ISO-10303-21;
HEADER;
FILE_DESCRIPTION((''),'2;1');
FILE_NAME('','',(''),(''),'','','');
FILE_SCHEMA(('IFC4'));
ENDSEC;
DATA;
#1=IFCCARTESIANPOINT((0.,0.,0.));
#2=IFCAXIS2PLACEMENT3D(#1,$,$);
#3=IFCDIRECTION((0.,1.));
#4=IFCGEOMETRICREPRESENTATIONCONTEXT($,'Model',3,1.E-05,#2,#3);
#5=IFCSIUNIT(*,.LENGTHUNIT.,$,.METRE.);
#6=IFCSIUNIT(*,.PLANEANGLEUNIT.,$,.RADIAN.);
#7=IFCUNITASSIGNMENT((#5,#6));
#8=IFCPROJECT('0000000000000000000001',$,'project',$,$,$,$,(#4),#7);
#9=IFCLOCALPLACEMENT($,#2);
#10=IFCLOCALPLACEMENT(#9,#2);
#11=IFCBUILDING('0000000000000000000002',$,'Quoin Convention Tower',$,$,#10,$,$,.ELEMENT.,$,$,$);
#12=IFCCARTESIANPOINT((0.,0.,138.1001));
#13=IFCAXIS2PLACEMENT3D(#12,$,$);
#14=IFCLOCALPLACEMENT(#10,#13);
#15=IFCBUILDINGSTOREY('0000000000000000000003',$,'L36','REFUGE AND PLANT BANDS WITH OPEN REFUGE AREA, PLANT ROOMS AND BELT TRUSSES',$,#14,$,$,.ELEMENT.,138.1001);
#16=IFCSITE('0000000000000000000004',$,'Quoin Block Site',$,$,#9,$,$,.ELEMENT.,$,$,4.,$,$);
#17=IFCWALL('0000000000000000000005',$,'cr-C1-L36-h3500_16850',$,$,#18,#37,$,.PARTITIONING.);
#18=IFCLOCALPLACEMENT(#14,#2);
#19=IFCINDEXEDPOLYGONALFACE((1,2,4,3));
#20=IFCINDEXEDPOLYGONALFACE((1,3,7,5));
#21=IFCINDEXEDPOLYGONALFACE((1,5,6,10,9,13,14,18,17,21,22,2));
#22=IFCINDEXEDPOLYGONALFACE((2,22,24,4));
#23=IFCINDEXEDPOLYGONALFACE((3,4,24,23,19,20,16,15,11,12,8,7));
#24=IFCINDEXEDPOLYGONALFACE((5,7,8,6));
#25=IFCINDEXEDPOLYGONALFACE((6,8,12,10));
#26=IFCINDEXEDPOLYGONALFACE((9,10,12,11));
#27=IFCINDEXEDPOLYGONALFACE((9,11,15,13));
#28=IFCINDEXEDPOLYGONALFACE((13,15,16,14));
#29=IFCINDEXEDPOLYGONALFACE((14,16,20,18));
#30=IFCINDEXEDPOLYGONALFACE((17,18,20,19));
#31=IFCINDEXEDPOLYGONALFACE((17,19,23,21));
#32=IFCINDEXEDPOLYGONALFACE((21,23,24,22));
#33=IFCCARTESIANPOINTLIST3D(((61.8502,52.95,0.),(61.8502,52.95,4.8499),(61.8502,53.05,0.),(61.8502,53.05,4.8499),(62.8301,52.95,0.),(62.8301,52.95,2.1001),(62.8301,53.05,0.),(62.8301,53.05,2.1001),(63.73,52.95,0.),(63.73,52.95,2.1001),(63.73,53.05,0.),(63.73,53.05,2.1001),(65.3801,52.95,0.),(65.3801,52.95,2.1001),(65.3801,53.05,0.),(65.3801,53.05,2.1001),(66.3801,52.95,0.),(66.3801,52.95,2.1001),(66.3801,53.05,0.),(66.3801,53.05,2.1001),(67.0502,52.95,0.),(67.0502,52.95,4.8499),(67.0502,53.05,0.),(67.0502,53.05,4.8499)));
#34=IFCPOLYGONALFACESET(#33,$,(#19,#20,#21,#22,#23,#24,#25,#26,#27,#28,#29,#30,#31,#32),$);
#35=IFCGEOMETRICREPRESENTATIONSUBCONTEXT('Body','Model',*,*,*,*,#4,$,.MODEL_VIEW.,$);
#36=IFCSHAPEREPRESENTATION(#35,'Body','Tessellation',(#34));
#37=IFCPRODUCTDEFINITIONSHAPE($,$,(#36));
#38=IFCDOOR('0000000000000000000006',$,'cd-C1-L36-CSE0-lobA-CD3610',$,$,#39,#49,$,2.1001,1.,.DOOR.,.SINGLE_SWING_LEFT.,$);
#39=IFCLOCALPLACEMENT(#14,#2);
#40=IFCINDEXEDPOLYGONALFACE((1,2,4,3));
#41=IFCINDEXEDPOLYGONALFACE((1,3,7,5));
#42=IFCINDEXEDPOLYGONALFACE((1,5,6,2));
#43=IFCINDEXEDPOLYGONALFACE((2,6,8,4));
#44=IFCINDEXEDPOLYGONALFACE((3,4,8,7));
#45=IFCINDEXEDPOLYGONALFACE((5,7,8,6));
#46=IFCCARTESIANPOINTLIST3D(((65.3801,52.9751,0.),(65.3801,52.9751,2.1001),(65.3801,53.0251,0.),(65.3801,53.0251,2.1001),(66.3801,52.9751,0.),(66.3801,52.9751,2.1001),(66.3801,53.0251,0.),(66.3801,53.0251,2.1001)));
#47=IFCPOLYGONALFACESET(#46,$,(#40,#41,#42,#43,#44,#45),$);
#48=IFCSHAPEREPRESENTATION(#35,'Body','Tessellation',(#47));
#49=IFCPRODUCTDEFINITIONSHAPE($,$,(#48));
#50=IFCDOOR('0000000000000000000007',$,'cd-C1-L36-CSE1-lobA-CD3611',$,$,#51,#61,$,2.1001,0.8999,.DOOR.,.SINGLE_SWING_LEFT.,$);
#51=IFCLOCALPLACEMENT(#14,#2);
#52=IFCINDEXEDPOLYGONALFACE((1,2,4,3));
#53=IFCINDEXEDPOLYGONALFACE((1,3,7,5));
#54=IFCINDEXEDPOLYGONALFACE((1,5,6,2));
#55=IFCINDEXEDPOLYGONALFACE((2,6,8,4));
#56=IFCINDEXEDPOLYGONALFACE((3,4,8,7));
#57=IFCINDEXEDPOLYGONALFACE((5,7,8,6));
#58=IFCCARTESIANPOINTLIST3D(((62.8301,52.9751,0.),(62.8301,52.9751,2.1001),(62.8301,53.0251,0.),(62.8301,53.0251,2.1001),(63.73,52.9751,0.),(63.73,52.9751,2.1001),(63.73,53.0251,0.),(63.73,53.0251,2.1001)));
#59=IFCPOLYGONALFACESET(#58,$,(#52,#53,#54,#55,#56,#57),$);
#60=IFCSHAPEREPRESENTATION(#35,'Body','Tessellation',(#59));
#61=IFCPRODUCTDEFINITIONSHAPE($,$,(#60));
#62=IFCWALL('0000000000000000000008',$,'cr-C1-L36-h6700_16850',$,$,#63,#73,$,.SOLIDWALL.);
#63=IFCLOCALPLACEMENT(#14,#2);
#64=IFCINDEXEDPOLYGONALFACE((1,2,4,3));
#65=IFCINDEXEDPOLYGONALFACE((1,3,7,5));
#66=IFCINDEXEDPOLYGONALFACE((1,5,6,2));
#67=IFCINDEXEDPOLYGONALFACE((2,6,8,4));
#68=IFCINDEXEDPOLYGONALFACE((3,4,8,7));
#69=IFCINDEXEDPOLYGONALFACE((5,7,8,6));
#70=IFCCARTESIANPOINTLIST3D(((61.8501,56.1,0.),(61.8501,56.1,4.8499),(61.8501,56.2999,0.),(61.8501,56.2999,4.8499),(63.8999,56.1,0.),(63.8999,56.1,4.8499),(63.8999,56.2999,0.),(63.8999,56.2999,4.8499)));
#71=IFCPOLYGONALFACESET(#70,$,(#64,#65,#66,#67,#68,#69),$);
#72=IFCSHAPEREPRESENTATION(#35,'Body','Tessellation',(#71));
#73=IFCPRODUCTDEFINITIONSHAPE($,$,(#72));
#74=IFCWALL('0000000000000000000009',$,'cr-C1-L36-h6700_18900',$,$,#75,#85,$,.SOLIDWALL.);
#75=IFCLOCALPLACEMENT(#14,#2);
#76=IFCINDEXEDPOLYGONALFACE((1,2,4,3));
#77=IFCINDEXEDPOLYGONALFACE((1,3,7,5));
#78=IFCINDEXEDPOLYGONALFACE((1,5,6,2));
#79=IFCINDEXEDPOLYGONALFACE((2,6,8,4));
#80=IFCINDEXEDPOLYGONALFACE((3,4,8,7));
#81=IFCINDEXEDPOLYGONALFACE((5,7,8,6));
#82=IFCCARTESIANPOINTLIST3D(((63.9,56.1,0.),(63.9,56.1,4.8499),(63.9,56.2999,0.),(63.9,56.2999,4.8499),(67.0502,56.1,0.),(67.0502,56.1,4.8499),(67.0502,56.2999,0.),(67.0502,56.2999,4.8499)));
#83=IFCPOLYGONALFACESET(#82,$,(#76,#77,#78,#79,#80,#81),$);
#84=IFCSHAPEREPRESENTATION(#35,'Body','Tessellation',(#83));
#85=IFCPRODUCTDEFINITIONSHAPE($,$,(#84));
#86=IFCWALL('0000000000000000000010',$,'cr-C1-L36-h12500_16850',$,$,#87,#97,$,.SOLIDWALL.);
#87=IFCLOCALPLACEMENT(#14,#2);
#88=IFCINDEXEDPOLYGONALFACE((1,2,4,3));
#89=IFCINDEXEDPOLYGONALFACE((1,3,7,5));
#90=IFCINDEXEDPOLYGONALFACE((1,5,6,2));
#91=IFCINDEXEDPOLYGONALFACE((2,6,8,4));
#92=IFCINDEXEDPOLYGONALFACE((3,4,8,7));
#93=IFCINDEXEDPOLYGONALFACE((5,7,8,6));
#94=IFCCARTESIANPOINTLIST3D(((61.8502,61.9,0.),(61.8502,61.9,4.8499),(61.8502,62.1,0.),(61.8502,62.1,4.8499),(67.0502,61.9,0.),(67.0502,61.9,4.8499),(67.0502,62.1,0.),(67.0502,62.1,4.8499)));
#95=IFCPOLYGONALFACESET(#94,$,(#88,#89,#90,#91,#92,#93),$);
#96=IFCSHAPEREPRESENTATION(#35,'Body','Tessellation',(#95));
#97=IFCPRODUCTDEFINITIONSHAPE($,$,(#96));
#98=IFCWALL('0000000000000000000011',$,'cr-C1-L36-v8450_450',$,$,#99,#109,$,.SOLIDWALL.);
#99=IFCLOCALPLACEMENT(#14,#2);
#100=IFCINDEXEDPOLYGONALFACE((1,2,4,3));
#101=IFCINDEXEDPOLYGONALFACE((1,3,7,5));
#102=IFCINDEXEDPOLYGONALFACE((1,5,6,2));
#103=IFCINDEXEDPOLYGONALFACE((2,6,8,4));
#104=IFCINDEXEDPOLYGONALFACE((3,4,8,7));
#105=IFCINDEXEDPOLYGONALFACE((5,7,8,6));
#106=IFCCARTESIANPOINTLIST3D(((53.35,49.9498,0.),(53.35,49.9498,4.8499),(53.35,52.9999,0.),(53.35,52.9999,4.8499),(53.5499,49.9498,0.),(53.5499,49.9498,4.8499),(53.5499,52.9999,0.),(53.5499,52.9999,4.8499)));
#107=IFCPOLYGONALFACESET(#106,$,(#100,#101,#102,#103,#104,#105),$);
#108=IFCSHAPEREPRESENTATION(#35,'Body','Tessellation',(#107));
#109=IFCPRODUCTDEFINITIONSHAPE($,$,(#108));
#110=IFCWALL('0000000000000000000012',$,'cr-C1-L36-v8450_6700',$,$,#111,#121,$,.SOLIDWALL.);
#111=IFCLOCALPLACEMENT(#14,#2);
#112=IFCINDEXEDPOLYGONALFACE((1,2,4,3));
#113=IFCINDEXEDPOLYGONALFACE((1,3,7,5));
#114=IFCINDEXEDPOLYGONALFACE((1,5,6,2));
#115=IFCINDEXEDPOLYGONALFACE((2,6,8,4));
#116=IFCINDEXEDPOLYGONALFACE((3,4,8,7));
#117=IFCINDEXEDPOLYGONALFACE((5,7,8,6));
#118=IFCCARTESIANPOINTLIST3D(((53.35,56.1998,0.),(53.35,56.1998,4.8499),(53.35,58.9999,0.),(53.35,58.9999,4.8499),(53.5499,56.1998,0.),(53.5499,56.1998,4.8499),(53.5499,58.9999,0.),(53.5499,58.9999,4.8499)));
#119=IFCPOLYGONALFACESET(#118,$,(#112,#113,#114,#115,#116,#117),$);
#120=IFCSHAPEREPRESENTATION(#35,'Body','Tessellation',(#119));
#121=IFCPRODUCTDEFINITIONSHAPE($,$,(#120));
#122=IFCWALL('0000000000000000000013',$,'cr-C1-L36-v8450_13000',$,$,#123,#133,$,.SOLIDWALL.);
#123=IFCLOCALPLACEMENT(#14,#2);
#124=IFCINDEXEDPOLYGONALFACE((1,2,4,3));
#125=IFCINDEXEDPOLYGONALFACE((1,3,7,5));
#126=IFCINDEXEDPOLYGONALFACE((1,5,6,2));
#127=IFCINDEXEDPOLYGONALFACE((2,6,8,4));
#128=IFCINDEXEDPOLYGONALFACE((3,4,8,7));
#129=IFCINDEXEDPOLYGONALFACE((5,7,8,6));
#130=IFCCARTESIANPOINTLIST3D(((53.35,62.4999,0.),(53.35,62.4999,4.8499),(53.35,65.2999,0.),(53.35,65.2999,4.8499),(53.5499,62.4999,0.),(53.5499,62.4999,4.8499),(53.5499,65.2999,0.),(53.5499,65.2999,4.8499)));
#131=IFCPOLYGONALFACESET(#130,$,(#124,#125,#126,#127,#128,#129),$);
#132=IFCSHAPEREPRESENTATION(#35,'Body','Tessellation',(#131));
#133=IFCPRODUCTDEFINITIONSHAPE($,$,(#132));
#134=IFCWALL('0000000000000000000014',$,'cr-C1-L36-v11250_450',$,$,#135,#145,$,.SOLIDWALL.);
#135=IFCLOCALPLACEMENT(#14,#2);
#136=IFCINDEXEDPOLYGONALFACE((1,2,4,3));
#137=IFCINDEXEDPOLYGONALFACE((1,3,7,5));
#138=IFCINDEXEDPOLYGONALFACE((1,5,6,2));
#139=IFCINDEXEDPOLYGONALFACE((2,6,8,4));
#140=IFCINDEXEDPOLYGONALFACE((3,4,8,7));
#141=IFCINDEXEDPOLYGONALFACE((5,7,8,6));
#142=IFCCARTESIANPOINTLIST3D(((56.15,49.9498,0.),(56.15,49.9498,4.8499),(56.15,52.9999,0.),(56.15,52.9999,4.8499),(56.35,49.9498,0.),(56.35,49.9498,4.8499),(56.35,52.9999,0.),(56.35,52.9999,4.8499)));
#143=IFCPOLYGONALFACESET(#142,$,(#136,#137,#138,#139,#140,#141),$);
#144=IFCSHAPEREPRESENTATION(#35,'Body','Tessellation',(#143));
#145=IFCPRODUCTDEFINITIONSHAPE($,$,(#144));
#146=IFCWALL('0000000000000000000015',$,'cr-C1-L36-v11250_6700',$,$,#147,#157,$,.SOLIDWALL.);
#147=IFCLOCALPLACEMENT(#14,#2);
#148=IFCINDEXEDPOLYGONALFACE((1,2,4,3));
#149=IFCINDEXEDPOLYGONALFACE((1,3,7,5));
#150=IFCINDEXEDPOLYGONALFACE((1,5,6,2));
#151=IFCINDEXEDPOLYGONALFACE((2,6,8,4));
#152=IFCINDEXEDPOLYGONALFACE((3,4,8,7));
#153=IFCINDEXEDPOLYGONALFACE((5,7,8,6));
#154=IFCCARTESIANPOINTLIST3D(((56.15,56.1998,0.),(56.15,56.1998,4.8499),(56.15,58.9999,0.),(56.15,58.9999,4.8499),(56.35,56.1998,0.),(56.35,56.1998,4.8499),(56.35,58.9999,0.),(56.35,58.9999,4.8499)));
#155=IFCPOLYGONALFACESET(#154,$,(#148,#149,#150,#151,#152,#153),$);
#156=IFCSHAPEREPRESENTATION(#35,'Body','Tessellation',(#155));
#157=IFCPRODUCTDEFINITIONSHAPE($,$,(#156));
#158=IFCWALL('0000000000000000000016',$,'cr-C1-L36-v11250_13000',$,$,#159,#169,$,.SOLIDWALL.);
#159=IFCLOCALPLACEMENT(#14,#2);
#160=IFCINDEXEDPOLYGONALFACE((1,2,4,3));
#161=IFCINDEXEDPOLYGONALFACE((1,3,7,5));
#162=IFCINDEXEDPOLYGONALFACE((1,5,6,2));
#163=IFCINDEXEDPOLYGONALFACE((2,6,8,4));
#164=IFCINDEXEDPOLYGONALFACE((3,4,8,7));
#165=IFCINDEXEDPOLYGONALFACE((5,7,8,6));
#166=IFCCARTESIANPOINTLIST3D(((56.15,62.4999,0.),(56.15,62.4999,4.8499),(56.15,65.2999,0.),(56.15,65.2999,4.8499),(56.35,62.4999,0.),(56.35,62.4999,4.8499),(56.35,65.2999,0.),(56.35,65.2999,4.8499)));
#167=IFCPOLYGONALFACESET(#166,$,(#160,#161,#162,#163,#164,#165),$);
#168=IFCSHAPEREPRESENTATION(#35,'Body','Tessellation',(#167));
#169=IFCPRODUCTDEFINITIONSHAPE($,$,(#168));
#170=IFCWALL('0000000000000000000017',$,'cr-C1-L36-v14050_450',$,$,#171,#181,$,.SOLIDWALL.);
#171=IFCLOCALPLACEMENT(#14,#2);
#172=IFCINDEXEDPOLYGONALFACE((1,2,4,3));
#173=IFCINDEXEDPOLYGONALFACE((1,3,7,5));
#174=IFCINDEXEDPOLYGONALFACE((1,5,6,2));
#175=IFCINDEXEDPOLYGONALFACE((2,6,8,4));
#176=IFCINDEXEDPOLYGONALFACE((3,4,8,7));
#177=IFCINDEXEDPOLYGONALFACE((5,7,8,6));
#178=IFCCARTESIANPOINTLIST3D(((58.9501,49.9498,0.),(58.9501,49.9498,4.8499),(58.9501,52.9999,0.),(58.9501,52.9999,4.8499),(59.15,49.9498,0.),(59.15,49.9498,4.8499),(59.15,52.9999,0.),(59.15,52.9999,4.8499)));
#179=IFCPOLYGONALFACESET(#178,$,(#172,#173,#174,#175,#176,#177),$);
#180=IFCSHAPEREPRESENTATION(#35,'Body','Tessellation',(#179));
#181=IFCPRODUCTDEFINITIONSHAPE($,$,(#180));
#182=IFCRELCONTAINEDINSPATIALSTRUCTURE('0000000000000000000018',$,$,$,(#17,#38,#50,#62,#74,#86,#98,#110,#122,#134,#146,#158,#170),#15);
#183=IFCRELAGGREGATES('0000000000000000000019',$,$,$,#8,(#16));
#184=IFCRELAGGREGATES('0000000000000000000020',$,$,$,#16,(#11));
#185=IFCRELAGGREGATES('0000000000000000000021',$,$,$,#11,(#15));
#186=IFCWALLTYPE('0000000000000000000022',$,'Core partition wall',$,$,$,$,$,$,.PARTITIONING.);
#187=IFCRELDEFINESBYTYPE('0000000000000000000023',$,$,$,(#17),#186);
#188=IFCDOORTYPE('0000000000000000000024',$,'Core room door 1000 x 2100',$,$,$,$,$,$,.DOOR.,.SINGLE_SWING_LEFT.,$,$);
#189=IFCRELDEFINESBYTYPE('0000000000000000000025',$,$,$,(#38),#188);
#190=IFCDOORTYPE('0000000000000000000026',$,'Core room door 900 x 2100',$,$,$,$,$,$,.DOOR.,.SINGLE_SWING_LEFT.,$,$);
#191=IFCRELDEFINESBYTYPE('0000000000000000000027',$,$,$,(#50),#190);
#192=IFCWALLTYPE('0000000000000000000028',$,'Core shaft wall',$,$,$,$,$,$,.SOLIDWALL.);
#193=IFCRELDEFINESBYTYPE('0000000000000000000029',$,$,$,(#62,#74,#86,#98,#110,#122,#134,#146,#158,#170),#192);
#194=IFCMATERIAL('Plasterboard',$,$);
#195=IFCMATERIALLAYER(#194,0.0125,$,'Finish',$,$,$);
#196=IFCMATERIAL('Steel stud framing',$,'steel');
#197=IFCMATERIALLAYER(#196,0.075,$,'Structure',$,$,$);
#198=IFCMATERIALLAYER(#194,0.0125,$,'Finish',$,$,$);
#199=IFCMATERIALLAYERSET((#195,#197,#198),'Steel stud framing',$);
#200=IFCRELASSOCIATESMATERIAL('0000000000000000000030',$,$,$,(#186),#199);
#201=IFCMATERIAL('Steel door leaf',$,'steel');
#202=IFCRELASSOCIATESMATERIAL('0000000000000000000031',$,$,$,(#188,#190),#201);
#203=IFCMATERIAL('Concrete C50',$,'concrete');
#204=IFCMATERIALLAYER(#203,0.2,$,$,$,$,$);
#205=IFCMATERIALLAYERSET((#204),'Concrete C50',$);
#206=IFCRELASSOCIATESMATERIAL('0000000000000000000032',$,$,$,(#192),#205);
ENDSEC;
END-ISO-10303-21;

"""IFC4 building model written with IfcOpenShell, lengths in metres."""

from ifc_helpers import new_model, si_unit, direction, frame, frame_2d, origin, place, context, subcontext, project, spatial, rectangle, extrude, material, layer, layer_set, type_object, element, fill, save


model = new_model("IFC4")

# Units and contexts
model_context = context("Model", 3, precision=1e-05, world=origin(), true_north=direction((0.0, 1.0)))
body_context = subcontext(model_context, "Body", "Model", "MODEL_VIEW")
ifc_project = project(units=[si_unit("LENGTHUNIT", "METRE"), si_unit("PLANEANGLEUNIT", "RADIAN")], contexts=[model_context])

# Site, building, storey
site_placement = place(None, origin())
site = spatial("IfcSite", under=ifc_project, at=site_placement, Name="Quoin Block Site", CompositionType="ELEMENT", RefElevation=4.0)
building_placement = place(site_placement, origin())
building = spatial("IfcBuilding", under=site, at=building_placement, Name="Quoin Convention Tower", CompositionType="ELEMENT")
storey_placement = place(building_placement, frame((0.0, 0.0, 138.1001)))
storey = spatial("IfcBuildingStorey", under=building, at=storey_placement, Name="L36", Description="REFUGE AND PLANT BANDS WITH OPEN REFUGE AREA, PLANT ROOMS AND BELT TRUSSES", CompositionType="ELEMENT", Elevation=138.1001)

# Wall, openings, doors
ifc_material_1 = material(Name="Plasterboard")
ifc_layer_1 = layer(ifc_material_1, 0.0125, Name="Finish")
ifc_material_2 = material(Name="Steel stud framing", Category="steel")
ifc_layer_2 = layer(ifc_material_2, 0.075, Name="Structure")
ifc_layer_3 = layer(ifc_material_1, 0.0125, Name="Finish")
ifc_layer_set_1 = layer_set([ifc_layer_1, ifc_layer_2, ifc_layer_3], Name="Steel stud framing")
wall_type_1 = type_object("IfcWallType", Name="Core partition wall", PredefinedType="PARTITIONING", material=ifc_layer_set_1)
wall_1_placement = place(storey_placement, frame((61.8501, 53.0, 0.0), z_axis=(0.0, 0.0, 1.0), x_axis=(1.0, 0.0, 0.0)))
wall_1 = element("IfcWall", 1, at=wall_1_placement, inside=storey, type_object=wall_type_1, Name="cr-C1-L36-h3500_16850", PredefinedType="PARTITIONING", context=body_context, shape_type="SweptSolid", body=[
    extrude(rectangle(XDim=5.2, YDim=0.1001, at=frame_2d((2.6001, 0.0))), origin(), (0.0, 0.0, 1.0), 4.8499),
])
opening_1_placement = place(wall_1_placement, frame((3.53, 0.0, 0.0)))
opening_1 = element("IfcOpeningElement", 2, at=opening_1_placement, cuts=wall_1, PredefinedType="OPENING", context=body_context, shape_type="SweptSolid", body=[
    extrude(rectangle(XDim=1.0, YDim=2.1001, at=frame_2d((0.5, 1.05))), frame((0.0, 0.0601, 0.0), z_axis=(0.0, -1.0, 0.0), x_axis=(1.0, 0.0, 0.0)), (0.0, 0.0, 1.0), 0.1201),
])
opening_2_placement = place(wall_1_placement, frame((0.98, 0.0, 0.0)))
opening_2 = element("IfcOpeningElement", 3, at=opening_2_placement, cuts=wall_1, PredefinedType="OPENING", context=body_context, shape_type="SweptSolid", body=[
    extrude(rectangle(XDim=0.8999, YDim=2.1001, at=frame_2d((0.45, 1.05))), frame((0.0, 0.0601, 0.0), z_axis=(0.0, -1.0, 0.0), x_axis=(1.0, 0.0, 0.0)), (0.0, 0.0, 1.0), 0.1201),
])
ifc_material_3 = material(Name="Steel door leaf", Category="steel")
door_type_1 = type_object("IfcDoorType", Name="Core room door 1000 x 2100", OperationType="SINGLE_SWING_LEFT", PredefinedType="DOOR", material=ifc_material_3)
door_1_placement = place(opening_1_placement, frame((1.0, 0.0, 0.0), z_axis=(0.0, 0.0, 1.0), x_axis=(-1.0, 0.0, 0.0)))
door_1 = element("IfcDoor", 4, at=door_1_placement, inside=storey, type_object=door_type_1, Name="cd-C1-L36-CSE0-lobA-CD3610", OperationType="SINGLE_SWING_LEFT", OverallHeight=2.1001, OverallWidth=1.0, PredefinedType="DOOR", context=body_context, shape_type="SweptSolid", body=[
    extrude(rectangle(XDim=1.0, YDim=2.1001, at=frame_2d((0.5, 1.05))), frame((0.0, 0.0249, 0.0), z_axis=(0.0, -1.0, 0.0), x_axis=(1.0, 0.0, 0.0)), (0.0, 0.0, 1.0), 0.05),
])
fill(opening_1, door_1)
door_type_2 = type_object("IfcDoorType", Name="Core room door 900 x 2100", OperationType="SINGLE_SWING_LEFT", PredefinedType="DOOR", material=ifc_material_3)
door_2_placement = place(opening_2_placement, frame((0.8999, 0.0, 0.0), z_axis=(0.0, 0.0, 1.0), x_axis=(-1.0, 0.0, 0.0)))
door_2 = element("IfcDoor", 5, at=door_2_placement, inside=storey, type_object=door_type_2, Name="cd-C1-L36-CSE1-lobA-CD3611", OperationType="SINGLE_SWING_LEFT", OverallHeight=2.1001, OverallWidth=0.8999, PredefinedType="DOOR", context=body_context, shape_type="SweptSolid", body=[
    extrude(rectangle(XDim=0.8999, YDim=2.1001, at=frame_2d((0.45, 1.05))), frame((0.0, 0.0249, 0.0), z_axis=(0.0, -1.0, 0.0), x_axis=(1.0, 0.0, 0.0)), (0.0, 0.0, 1.0), 0.05),
])
fill(opening_2, door_2)

# Walls
ifc_material_4 = material(Name="Concrete C50", Category="concrete")
ifc_layer_4 = layer(ifc_material_4, 0.2)
ifc_layer_set_2 = layer_set([ifc_layer_4], Name="Concrete C50")
wall_type_2 = type_object("IfcWallType", Name="Core shaft wall", PredefinedType="SOLIDWALL", material=ifc_layer_set_2)
wall_2_placement = place(storey_placement, frame((61.8501, 56.2, 0.0), z_axis=(0.0, 0.0, 1.0), x_axis=(1.0, 0.0, 0.0)))
element("IfcWall", 6, at=wall_2_placement, inside=storey, type_object=wall_type_2, Name="cr-C1-L36-h6700_16850", PredefinedType="SOLIDWALL", context=body_context, shape_type="SweptSolid", body=[
    extrude(rectangle(XDim=2.0498, YDim=0.2, at=frame_2d((1.0249, 0.0))), origin(), (0.0, 0.0, 1.0), 4.8499),
])
wall_3_placement = place(storey_placement, frame((63.8999, 56.2, 0.0), z_axis=(0.0, 0.0, 1.0), x_axis=(1.0, 0.0, 0.0)))
element("IfcWall", 7, at=wall_3_placement, inside=storey, type_object=wall_type_2, Name="cr-C1-L36-h6700_18900", PredefinedType="SOLIDWALL", context=body_context, shape_type="SweptSolid", body=[
    extrude(rectangle(XDim=3.1501, YDim=0.2, at=frame_2d((1.5752, 0.0))), origin(), (0.0, 0.0, 1.0), 4.8499),
])
wall_4_placement = place(storey_placement, frame((61.8501, 62.0, 0.0), z_axis=(0.0, 0.0, 1.0), x_axis=(1.0, 0.0, 0.0)))
element("IfcWall", 8, at=wall_4_placement, inside=storey, type_object=wall_type_2, Name="cr-C1-L36-h12500_16850", PredefinedType="SOLIDWALL", context=body_context, shape_type="SweptSolid", body=[
    extrude(rectangle(XDim=5.2, YDim=0.2, at=frame_2d((2.6001, 0.0))), origin(), (0.0, 0.0, 1.0), 4.8499),
])
wall_5_placement = place(storey_placement, frame((53.45, 49.95, 0.0), z_axis=(0.0, 0.0, 1.0), x_axis=(0.0, 1.0, 0.0)))
element("IfcWall", 9, at=wall_5_placement, inside=storey, type_object=wall_type_2, Name="cr-C1-L36-v8450_450", PredefinedType="SOLIDWALL", context=body_context, shape_type="SweptSolid", body=[
    extrude(rectangle(XDim=3.05, YDim=0.2, at=frame_2d((1.5249, 0.0))), origin(), (0.0, 0.0, 1.0), 4.8499),
])
for number, where, z_axis, x_axis, name in (
    (10, (53.45, 56.2, 0.0), (0.0, 0.0, 1.0), (0.0, 1.0, 0.0), "cr-C1-L36-v8450_6700"),
    (11, (53.45, 62.5, 0.0), (0.0, 0.0, 1.0), (0.0, 1.0, 0.0), "cr-C1-L36-v8450_13000"),
):
    element("IfcWall", number, at=place(storey_placement, frame(where, z_axis=z_axis, x_axis=x_axis)), inside=storey, type_object=wall_type_2, Name=name, PredefinedType="SOLIDWALL", context=body_context, shape_type="SweptSolid", body=[
        extrude(rectangle(XDim=2.8, YDim=0.2, at=frame_2d((1.3999, 0.0))), origin(), (0.0, 0.0, 1.0), 4.8499),
    ])
wall_6_placement = place(storey_placement, frame((56.25, 49.95, 0.0), z_axis=(0.0, 0.0, 1.0), x_axis=(0.0, 1.0, 0.0)))
element("IfcWall", 12, at=wall_6_placement, inside=storey, type_object=wall_type_2, Name="cr-C1-L36-v11250_450", PredefinedType="SOLIDWALL", context=body_context, shape_type="SweptSolid", body=[
    extrude(rectangle(XDim=3.05, YDim=0.2, at=frame_2d((1.5249, 0.0))), origin(), (0.0, 0.0, 1.0), 4.8499),
])
for number, where, z_axis, x_axis, name in (
    (13, (56.25, 56.2, 0.0), (0.0, 0.0, 1.0), (0.0, 1.0, 0.0), "cr-C1-L36-v11250_6700"),
    (14, (56.25, 62.5, 0.0), (0.0, 0.0, 1.0), (0.0, 1.0, 0.0), "cr-C1-L36-v11250_13000"),
):
    element("IfcWall", number, at=place(storey_placement, frame(where, z_axis=z_axis, x_axis=x_axis)), inside=storey, type_object=wall_type_2, Name=name, PredefinedType="SOLIDWALL", context=body_context, shape_type="SweptSolid", body=[
        extrude(rectangle(XDim=2.8, YDim=0.2, at=frame_2d((1.3999, 0.0))), origin(), (0.0, 0.0, 1.0), 4.8499),
    ])
wall_7_placement = place(storey_placement, frame((59.05, 49.95, 0.0), z_axis=(0.0, 0.0, 1.0), x_axis=(0.0, 1.0, 0.0)))
element("IfcWall", 15, at=wall_7_placement, inside=storey, type_object=wall_type_2, Name="cr-C1-L36-v14050_450", PredefinedType="SOLIDWALL", context=body_context, shape_type="SweptSolid", body=[
    extrude(rectangle(XDim=3.05, YDim=0.2, at=frame_2d((1.5249, 0.0))), origin(), (0.0, 0.0, 1.0), 4.8499),
])

save(model, "model.ifc")
